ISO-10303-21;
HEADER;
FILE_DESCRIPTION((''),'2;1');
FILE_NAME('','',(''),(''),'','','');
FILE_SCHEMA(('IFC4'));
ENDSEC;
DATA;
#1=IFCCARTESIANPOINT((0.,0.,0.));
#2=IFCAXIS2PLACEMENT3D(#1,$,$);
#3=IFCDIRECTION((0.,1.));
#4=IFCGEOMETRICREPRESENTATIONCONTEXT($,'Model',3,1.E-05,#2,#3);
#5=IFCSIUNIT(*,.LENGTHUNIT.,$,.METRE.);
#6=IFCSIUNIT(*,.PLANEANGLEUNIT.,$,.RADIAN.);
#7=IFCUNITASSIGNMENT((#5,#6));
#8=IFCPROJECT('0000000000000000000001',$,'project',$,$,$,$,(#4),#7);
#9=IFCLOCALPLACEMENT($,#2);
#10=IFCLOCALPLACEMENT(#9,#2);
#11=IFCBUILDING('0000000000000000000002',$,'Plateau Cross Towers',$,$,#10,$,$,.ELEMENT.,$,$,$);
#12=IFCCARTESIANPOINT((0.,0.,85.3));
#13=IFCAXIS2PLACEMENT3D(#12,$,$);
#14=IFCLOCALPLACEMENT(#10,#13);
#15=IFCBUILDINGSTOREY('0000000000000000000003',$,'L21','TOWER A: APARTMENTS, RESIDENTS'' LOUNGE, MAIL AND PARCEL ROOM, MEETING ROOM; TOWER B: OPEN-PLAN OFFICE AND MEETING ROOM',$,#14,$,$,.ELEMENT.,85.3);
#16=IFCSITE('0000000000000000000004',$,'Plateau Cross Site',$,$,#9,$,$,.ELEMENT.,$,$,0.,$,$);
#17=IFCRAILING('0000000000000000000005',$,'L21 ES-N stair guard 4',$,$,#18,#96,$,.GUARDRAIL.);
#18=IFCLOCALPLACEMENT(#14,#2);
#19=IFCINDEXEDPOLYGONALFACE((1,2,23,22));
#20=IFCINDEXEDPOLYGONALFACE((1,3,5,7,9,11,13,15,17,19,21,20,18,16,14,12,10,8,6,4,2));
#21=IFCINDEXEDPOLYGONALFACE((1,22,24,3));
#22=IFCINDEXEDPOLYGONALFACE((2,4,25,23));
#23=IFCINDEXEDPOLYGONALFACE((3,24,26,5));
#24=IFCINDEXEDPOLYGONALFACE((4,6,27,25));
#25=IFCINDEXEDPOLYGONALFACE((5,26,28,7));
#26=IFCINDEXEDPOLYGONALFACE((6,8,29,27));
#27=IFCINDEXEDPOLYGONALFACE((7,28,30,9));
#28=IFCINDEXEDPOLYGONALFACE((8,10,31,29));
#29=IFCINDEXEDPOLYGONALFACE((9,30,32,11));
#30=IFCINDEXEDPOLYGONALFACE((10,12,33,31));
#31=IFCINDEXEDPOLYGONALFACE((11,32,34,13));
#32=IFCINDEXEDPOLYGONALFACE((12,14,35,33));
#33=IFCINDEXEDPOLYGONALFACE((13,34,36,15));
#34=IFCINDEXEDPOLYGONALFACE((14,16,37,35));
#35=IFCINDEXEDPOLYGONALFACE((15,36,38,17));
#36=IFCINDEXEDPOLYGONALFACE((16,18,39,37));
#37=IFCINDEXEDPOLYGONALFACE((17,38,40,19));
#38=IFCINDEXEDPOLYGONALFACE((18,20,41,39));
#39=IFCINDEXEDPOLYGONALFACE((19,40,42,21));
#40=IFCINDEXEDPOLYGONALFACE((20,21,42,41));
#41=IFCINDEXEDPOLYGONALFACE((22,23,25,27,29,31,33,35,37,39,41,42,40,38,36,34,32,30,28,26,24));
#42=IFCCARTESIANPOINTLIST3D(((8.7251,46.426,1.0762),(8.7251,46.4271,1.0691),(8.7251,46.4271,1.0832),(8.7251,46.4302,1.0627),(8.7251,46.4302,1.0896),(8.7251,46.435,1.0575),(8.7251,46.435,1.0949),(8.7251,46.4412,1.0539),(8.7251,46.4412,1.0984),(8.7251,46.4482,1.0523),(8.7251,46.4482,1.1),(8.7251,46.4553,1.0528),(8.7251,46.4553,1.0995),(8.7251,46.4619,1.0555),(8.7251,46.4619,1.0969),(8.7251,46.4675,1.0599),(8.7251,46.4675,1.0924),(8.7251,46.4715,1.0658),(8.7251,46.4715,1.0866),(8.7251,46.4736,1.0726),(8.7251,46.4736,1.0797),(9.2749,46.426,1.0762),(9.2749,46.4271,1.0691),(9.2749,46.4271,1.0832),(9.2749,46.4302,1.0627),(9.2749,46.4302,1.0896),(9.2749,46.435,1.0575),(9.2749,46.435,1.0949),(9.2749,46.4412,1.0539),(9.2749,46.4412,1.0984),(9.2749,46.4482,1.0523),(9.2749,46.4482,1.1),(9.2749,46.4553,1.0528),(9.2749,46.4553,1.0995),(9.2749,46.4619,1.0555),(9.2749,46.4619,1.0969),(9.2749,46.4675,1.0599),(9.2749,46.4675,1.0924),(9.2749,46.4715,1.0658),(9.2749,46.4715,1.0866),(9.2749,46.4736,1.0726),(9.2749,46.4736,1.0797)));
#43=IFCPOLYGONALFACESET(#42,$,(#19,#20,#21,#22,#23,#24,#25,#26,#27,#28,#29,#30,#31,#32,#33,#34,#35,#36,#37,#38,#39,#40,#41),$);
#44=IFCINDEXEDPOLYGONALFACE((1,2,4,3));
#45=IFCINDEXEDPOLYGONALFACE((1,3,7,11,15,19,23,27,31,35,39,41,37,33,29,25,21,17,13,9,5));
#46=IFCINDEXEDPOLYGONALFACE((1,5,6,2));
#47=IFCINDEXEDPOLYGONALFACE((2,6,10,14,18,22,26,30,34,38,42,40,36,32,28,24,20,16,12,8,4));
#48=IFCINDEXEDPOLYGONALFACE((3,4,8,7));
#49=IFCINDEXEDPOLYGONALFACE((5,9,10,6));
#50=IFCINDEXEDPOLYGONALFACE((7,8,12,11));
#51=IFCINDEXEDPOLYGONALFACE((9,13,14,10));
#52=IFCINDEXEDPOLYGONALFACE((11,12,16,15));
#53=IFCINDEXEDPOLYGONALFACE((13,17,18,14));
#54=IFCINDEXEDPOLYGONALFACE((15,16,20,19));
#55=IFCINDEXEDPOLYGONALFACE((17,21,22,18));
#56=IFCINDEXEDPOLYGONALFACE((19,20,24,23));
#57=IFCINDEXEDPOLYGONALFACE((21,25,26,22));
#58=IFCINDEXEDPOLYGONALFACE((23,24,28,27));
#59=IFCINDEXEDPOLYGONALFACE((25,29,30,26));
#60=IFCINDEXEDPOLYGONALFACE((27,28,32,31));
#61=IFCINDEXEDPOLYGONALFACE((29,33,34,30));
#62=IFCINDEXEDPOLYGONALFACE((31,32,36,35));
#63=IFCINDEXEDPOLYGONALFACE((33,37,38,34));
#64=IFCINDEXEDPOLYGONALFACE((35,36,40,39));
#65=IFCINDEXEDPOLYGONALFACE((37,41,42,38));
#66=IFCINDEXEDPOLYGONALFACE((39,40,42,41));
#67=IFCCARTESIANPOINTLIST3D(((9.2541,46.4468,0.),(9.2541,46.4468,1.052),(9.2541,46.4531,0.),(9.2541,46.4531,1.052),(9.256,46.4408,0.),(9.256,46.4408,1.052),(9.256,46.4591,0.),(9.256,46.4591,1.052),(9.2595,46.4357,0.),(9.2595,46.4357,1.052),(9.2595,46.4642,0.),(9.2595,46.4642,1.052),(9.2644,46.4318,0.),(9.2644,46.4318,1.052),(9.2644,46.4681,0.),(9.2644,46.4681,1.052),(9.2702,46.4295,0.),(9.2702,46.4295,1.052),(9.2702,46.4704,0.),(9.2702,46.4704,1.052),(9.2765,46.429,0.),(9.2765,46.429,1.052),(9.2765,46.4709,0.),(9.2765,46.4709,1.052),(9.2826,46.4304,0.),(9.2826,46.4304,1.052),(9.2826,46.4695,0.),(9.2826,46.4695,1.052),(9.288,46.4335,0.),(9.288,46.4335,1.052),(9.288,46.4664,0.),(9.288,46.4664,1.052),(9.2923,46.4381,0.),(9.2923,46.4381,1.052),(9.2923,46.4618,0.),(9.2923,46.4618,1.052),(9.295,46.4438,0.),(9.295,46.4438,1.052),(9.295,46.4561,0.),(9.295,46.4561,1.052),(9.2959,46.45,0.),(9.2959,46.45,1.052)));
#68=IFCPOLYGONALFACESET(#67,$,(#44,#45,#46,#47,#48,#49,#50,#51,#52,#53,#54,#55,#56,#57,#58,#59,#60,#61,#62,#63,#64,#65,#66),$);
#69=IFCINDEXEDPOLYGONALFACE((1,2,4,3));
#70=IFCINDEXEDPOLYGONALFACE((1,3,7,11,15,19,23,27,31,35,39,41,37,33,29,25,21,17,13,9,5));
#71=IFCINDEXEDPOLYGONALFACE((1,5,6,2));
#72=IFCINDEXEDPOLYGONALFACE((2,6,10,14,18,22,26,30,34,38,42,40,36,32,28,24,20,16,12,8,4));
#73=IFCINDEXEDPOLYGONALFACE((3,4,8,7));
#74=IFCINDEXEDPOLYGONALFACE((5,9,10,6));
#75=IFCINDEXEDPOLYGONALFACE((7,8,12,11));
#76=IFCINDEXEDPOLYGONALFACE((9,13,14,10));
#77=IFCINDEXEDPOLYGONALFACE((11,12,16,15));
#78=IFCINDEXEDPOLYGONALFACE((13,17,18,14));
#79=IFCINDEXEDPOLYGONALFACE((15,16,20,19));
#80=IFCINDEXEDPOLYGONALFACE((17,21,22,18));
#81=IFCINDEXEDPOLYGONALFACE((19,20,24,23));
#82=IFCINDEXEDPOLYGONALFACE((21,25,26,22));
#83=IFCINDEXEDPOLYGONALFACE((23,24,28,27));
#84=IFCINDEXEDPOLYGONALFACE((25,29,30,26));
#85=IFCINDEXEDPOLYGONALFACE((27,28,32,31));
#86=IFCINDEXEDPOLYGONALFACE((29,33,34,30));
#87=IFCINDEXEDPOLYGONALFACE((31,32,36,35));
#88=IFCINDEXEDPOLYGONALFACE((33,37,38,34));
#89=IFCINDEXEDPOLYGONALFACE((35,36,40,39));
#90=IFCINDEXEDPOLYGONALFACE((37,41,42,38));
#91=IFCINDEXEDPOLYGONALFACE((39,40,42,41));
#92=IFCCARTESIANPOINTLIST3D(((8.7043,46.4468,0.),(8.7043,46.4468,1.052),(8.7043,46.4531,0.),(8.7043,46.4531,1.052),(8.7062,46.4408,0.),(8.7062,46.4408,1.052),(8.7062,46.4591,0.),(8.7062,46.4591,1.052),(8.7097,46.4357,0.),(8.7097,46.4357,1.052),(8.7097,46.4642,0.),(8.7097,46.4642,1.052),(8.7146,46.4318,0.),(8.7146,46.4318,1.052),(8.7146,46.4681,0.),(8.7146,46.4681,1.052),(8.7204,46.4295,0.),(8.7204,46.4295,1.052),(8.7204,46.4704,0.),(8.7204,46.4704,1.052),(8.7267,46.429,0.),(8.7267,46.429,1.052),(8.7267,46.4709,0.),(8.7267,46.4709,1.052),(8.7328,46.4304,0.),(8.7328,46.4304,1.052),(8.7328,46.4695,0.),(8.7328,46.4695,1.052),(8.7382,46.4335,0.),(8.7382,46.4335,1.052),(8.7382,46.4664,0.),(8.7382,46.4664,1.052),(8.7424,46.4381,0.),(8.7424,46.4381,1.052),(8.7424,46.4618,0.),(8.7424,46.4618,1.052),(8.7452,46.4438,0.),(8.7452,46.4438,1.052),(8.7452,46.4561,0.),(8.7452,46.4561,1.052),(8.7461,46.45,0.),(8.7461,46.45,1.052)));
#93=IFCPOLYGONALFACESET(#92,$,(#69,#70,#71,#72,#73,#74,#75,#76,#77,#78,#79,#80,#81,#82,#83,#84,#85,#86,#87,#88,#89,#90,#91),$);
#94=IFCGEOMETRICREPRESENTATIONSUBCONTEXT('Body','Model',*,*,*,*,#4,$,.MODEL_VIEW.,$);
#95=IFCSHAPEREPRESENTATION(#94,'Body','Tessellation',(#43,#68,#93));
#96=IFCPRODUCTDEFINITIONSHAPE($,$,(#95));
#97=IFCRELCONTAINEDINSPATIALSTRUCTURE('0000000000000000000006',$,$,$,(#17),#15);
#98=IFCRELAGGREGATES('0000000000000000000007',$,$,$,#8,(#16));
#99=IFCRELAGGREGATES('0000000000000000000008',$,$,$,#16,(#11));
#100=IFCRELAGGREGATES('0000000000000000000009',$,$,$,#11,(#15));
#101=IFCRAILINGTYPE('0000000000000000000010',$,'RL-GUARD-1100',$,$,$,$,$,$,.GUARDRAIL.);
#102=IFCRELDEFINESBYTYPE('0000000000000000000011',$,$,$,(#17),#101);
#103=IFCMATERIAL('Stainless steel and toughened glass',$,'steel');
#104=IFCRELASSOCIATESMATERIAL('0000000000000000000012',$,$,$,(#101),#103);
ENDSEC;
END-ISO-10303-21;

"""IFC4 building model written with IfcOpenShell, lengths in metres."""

from ifc_helpers import new_model, si_unit, direction, frame, origin, origin_2d, place, context, subcontext, project, spatial, circle, extrude, material, type_object, element, save


model = new_model("IFC4")

# Units and contexts
model_context = context("Model", 3, precision=1e-05, world=origin(), true_north=direction((0.0, 1.0)))
body_context = subcontext(model_context, "Body", "Model", "MODEL_VIEW")
ifc_project = project(units=[si_unit("LENGTHUNIT", "METRE"), si_unit("PLANEANGLEUNIT", "RADIAN")], contexts=[model_context])

# Site, building, storey
site_placement = place(None, origin())
site = spatial("IfcSite", under=ifc_project, at=site_placement, Name="Plateau Cross Site", CompositionType="ELEMENT", RefElevation=0.0)
building_placement = place(site_placement, origin())
building = spatial("IfcBuilding", under=site, at=building_placement, Name="Plateau Cross Towers", CompositionType="ELEMENT")
storey_placement = place(building_placement, frame((0.0, 0.0, 85.3)))
storey = spatial("IfcBuildingStorey", under=building, at=storey_placement, Name="L21", Description="TOWER A: APARTMENTS, RESIDENTS' LOUNGE, MAIL AND PARCEL ROOM, MEETING ROOM; TOWER B: OPEN-PLAN OFFICE AND MEETING ROOM", CompositionType="ELEMENT", Elevation=85.3)

# Railing
ifc_material_1 = material(Name="Stainless steel and toughened glass", Category="steel")
railing_type_1 = type_object("IfcRailingType", Name="RL-GUARD-1100", PredefinedType="GUARDRAIL", material=ifc_material_1)
railing_1_placement = place(storey_placement, frame((9.2749, 46.45, 0.0)))
element("IfcRailing", 1, at=railing_1_placement, inside=storey, type_object=railing_type_1, Name="L21 ES-N stair guard 4", PredefinedType="GUARDRAIL", context=body_context, shape_type="SweptSolid", body=[
    extrude(circle(Radius=0.0239, at=origin_2d()), frame((0.0, 0.0, 1.0762), z_axis=(-1.0, 0.0, 0.0), x_axis=(0.0, -1.0, 0.0)), (0.0, 0.0, 1.0), 0.5498),
    extrude(circle(Radius=0.021, at=origin_2d()), origin(), (0.0, 0.0, 1.0), 1.052),
    extrude(circle(Radius=0.021, at=origin_2d()), frame((-0.5498, 0.0, 0.0)), (0.0, 0.0, 1.0), 1.052),
])

save(model, "model.ifc")
